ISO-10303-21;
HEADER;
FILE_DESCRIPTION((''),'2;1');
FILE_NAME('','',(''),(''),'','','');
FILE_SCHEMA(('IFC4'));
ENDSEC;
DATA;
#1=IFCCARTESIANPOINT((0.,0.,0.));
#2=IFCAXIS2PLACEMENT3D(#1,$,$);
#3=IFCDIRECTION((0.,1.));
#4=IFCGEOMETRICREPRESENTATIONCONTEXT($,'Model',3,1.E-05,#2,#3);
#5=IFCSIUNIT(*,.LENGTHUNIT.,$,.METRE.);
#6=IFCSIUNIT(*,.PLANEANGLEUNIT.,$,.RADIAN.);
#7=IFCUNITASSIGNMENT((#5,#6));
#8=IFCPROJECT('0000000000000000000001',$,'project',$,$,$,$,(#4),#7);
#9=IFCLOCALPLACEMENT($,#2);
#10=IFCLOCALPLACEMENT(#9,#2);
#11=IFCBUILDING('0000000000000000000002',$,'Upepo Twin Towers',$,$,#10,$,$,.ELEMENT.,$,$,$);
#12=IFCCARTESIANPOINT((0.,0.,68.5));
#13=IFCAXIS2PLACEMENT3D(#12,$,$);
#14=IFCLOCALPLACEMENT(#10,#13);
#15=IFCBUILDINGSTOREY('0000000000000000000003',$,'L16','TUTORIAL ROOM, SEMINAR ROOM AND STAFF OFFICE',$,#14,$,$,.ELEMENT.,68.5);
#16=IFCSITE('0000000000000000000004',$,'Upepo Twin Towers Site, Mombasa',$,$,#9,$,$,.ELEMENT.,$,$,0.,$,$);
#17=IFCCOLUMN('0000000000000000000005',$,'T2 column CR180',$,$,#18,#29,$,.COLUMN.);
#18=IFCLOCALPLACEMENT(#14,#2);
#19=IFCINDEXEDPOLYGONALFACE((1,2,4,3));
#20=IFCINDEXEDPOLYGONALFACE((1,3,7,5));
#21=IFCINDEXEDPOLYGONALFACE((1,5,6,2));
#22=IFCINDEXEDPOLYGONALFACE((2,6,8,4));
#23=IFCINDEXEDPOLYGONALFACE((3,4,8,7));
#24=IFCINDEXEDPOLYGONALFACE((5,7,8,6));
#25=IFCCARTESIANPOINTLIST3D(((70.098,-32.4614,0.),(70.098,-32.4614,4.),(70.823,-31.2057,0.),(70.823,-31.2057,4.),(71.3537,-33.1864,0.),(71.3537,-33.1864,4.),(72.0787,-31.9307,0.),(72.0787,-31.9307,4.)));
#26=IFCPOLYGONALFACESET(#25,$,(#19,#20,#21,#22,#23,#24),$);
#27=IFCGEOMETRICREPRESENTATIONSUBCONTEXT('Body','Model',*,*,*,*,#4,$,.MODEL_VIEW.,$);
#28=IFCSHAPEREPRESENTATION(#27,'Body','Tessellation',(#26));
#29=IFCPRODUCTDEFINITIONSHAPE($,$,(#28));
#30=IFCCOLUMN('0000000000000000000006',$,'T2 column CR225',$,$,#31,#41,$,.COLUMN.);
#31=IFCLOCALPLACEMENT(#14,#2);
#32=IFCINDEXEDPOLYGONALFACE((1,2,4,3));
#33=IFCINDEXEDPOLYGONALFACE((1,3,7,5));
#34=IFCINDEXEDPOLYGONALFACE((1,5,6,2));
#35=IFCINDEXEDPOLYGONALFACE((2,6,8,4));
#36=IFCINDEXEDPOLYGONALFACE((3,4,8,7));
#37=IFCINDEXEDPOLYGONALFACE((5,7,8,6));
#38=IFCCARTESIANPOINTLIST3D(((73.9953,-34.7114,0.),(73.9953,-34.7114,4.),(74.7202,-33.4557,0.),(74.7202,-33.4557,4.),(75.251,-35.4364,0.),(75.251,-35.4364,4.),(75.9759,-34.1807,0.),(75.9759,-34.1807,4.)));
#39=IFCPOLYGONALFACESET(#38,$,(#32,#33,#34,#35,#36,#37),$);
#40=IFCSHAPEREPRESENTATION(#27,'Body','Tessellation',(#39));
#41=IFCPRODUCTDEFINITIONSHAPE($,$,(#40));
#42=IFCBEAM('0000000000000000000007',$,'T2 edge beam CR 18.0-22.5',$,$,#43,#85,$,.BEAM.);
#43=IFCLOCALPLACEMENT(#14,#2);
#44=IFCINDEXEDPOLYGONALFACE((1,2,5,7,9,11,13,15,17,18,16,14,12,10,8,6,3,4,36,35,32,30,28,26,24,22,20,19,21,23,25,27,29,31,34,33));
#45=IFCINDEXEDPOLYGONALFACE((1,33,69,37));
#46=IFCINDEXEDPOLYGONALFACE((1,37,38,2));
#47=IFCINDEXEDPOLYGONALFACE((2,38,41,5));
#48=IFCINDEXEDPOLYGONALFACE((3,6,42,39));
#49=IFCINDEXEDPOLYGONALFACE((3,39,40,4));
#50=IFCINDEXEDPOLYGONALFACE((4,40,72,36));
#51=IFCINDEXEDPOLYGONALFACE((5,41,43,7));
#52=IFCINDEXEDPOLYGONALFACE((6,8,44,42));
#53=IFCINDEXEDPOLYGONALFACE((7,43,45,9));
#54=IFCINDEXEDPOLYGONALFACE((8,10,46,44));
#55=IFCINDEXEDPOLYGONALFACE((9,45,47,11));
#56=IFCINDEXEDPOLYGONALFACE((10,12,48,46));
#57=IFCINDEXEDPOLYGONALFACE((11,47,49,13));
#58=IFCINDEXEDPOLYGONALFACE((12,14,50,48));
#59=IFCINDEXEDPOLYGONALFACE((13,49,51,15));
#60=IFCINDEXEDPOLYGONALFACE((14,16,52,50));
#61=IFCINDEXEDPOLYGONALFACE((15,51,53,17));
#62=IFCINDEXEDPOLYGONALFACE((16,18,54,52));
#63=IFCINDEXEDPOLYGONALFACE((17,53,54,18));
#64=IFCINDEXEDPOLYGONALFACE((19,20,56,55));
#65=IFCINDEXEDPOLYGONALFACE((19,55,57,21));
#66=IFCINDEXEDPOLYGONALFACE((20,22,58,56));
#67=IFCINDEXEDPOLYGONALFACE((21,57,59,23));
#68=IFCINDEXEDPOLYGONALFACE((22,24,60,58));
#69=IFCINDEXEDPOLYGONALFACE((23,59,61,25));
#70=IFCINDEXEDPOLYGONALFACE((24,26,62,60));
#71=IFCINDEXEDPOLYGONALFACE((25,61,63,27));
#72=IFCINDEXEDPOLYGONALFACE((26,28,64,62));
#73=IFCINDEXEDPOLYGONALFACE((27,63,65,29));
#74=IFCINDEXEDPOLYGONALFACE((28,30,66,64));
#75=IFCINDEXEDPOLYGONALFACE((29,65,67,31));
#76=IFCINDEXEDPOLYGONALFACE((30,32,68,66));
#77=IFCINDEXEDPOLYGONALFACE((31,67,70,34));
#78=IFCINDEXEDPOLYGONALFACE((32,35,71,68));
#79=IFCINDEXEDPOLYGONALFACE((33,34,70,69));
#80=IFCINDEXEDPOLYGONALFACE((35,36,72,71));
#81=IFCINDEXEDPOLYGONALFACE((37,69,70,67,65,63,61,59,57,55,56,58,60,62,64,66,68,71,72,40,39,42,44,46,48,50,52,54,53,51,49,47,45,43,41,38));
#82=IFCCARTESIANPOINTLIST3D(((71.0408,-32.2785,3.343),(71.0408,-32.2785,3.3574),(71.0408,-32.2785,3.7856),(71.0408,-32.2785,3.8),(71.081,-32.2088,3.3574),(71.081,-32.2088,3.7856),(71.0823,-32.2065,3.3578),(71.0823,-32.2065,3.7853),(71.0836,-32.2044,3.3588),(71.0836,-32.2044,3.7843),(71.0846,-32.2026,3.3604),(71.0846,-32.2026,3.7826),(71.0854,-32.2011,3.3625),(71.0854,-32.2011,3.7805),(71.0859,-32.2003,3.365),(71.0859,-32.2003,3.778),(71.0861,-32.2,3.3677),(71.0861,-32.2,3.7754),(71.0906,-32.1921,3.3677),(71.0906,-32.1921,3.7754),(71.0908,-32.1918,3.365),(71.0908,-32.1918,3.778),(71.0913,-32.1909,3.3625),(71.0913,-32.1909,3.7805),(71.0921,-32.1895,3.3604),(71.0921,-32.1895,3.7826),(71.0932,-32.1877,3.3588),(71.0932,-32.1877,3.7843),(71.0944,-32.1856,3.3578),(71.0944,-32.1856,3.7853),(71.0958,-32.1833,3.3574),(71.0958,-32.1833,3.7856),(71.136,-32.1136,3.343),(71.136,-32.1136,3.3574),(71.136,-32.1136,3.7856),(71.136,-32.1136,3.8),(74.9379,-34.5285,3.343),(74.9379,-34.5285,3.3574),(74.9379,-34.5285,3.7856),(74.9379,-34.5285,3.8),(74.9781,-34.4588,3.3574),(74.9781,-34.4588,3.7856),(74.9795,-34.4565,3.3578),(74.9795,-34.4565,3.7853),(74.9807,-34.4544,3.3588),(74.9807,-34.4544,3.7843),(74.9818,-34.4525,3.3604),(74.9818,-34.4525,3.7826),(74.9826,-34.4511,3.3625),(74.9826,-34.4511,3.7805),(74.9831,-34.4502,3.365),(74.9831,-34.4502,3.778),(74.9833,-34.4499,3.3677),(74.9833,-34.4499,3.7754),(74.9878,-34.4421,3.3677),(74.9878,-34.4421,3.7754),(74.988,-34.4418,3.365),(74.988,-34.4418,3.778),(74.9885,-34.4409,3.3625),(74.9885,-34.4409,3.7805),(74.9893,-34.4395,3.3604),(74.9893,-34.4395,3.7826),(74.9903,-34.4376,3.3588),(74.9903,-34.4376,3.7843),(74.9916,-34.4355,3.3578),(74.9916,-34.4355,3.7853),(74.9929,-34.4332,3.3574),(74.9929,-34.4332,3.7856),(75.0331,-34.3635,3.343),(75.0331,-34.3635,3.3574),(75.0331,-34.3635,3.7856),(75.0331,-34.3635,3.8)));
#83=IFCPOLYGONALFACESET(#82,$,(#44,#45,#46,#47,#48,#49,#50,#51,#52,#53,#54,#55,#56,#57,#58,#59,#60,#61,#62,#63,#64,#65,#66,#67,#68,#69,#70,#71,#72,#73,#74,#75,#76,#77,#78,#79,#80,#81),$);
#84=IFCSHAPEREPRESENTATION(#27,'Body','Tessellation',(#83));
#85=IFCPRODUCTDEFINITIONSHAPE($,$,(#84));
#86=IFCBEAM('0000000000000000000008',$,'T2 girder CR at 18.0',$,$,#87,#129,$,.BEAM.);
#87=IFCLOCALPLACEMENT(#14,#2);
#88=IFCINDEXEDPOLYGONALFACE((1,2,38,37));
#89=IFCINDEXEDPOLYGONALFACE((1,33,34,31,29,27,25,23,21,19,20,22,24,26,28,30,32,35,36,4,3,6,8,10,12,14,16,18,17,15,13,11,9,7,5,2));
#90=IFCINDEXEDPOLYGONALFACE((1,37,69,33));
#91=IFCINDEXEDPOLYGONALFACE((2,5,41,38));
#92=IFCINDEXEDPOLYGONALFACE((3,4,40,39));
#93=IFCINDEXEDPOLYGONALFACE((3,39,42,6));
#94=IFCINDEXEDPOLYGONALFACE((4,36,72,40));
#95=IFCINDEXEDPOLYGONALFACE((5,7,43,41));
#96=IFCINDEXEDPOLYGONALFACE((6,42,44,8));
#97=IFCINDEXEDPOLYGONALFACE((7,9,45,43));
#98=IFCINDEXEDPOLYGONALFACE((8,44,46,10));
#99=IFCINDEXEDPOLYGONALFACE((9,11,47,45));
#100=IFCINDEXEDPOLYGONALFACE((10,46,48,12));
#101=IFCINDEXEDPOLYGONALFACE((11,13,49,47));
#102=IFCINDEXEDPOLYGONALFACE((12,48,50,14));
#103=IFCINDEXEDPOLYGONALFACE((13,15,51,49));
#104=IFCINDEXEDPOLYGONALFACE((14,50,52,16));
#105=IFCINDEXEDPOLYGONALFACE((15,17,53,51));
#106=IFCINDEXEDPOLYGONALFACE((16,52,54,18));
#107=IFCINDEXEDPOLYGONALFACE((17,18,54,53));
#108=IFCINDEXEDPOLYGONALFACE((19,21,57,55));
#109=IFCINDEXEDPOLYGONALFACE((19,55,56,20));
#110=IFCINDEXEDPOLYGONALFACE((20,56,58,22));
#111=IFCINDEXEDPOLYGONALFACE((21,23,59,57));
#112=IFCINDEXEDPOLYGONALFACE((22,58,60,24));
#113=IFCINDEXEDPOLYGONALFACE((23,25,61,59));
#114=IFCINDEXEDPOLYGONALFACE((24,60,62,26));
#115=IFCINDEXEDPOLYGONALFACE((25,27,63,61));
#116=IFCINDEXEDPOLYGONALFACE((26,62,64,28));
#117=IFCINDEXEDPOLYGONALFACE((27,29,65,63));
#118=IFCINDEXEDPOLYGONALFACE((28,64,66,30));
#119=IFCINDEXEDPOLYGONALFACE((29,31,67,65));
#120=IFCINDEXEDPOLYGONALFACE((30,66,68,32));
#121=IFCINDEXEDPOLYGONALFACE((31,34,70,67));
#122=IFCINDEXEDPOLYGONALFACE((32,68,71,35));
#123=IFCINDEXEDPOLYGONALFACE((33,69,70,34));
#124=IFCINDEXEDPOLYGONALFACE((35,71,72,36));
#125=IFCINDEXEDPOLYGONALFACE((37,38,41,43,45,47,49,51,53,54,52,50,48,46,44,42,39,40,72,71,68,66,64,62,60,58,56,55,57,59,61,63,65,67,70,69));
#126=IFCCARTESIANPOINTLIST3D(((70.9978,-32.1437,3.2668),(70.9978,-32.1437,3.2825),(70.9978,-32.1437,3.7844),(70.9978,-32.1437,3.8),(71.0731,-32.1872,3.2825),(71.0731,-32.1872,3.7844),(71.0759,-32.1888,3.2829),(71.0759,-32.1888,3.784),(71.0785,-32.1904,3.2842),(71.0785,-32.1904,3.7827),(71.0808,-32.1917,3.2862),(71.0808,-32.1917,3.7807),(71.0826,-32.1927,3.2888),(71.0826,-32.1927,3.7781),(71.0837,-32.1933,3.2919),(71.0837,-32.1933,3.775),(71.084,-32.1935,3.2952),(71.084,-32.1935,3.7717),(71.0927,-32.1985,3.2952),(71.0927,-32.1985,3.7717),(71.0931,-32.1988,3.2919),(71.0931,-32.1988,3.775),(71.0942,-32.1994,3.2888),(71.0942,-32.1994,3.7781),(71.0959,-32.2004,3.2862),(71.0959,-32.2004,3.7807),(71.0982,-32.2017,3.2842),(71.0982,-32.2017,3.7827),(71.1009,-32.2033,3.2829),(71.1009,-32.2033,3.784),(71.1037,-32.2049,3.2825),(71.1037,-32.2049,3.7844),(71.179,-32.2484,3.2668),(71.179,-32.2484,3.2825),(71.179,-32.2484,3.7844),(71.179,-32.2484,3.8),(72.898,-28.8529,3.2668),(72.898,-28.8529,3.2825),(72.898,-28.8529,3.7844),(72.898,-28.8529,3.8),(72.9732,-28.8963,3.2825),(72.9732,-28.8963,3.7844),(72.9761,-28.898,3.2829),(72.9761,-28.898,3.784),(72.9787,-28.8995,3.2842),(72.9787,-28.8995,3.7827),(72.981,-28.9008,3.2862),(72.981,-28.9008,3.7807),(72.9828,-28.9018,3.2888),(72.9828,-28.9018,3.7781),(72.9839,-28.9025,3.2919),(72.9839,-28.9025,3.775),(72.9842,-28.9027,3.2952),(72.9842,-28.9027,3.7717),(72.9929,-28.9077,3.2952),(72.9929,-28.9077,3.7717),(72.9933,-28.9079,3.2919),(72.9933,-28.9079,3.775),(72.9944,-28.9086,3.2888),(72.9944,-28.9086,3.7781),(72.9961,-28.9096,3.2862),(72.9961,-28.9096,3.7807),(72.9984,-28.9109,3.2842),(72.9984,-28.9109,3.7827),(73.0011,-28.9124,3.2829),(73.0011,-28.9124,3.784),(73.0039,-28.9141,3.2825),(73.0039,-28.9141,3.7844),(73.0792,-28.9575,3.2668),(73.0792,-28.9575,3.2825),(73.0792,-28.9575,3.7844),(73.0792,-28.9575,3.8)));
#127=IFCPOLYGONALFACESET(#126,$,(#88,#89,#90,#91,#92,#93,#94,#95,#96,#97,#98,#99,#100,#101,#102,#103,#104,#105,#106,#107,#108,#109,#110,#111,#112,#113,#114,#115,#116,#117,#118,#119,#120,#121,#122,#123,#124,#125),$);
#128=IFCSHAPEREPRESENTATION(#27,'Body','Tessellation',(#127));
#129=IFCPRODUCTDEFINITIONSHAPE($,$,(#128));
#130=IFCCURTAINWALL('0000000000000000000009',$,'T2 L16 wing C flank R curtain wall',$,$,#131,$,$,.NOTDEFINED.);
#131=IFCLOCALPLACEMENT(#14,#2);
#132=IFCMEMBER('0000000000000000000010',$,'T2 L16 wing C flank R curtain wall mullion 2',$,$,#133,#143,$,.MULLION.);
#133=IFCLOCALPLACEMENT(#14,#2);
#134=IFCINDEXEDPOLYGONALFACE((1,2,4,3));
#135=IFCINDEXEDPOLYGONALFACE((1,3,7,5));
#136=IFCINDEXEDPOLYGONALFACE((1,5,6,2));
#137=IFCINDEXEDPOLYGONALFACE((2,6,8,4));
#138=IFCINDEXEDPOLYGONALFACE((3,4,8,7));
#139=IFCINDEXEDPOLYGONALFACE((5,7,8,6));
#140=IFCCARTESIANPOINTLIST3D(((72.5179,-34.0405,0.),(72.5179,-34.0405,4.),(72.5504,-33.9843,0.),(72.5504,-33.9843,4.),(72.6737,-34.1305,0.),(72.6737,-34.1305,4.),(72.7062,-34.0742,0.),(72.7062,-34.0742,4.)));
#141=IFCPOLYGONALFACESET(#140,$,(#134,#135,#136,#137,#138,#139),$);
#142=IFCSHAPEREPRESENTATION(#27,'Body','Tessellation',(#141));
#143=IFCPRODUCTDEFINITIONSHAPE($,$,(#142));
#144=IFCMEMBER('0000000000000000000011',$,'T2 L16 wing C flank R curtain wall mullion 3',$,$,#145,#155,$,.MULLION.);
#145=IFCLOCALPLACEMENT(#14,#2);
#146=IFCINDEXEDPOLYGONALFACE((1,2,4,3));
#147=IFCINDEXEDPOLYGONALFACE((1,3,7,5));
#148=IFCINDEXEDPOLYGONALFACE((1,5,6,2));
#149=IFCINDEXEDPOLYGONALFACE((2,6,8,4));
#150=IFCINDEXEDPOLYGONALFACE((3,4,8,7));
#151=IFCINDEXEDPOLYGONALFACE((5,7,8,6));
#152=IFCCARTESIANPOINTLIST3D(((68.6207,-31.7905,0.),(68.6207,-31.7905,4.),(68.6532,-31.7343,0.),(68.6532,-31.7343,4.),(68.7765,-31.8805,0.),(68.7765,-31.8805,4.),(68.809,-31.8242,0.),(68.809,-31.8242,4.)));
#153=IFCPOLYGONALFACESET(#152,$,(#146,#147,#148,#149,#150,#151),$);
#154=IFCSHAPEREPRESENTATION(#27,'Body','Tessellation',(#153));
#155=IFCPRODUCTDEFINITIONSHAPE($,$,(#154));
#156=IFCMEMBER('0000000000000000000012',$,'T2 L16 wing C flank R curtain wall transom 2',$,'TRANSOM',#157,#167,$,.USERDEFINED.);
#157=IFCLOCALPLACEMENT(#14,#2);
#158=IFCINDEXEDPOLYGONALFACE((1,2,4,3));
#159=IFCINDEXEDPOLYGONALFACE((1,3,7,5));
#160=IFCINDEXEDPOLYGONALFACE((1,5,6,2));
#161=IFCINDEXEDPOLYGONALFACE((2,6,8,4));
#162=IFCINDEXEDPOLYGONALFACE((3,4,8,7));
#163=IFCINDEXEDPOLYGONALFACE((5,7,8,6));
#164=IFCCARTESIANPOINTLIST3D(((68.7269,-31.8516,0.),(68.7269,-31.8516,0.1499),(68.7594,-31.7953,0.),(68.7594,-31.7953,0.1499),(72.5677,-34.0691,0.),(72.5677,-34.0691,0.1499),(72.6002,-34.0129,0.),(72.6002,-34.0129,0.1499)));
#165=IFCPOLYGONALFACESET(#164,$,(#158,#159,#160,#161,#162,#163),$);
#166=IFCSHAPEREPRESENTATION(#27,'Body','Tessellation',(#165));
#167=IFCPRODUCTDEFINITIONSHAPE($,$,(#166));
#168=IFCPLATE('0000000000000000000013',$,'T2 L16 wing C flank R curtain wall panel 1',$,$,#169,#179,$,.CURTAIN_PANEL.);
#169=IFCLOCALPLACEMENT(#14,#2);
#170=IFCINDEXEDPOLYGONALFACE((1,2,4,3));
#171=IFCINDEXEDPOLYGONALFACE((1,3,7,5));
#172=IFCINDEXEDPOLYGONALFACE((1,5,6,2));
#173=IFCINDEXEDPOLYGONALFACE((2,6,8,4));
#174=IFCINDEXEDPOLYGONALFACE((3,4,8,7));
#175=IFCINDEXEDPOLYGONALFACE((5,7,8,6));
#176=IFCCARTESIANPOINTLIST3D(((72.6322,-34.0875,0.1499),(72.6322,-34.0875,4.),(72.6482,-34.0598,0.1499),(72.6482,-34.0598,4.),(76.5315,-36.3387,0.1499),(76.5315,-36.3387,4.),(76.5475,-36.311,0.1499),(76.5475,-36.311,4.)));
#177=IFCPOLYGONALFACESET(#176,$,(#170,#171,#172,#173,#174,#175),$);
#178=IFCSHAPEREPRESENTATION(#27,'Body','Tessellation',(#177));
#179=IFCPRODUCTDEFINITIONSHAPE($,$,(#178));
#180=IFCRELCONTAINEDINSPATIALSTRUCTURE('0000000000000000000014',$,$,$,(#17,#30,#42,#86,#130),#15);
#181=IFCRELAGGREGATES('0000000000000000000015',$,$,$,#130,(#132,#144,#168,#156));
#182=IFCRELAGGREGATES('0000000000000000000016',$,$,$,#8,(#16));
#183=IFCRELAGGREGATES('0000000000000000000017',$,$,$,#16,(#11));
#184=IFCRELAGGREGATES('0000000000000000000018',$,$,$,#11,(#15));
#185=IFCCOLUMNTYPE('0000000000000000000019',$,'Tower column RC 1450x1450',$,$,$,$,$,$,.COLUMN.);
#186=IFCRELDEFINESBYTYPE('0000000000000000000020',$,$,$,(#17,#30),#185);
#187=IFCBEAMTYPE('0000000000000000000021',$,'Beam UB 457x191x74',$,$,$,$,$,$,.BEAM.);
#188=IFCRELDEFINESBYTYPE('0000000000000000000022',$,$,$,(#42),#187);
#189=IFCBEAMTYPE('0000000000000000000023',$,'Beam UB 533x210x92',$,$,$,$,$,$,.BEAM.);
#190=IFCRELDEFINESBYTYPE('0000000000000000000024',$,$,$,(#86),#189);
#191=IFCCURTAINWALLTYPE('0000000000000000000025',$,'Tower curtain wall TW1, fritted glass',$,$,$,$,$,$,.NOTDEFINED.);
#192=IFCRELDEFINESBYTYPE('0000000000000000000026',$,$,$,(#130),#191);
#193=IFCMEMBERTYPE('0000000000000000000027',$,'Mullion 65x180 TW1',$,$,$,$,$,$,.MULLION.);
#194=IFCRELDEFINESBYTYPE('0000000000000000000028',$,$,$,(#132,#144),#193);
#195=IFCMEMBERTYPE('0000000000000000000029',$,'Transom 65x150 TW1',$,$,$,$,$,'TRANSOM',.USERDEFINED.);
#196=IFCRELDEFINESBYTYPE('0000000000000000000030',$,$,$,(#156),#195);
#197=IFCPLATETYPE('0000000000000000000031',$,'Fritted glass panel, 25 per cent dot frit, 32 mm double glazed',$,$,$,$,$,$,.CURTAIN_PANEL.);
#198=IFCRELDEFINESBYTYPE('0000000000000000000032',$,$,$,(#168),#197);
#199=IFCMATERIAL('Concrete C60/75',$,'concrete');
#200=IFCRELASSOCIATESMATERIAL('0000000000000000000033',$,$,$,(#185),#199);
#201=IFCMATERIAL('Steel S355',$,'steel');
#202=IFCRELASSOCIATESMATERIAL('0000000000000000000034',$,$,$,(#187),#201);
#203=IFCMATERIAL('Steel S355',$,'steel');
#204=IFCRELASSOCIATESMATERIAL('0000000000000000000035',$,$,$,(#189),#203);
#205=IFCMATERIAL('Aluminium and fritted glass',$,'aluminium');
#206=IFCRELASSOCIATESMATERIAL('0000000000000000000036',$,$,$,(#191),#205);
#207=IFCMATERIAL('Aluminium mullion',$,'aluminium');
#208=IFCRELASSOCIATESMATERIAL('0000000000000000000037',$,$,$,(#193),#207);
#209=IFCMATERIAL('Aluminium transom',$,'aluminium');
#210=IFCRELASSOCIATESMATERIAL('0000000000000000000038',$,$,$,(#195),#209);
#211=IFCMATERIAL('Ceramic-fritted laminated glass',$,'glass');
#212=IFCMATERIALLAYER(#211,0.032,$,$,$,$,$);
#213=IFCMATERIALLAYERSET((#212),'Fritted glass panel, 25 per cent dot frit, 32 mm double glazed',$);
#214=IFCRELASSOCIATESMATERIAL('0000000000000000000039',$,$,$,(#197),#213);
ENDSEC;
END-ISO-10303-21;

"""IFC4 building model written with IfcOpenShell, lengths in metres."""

from ifc_helpers import new_model, si_unit, direction, frame, origin, origin_2d, place, context, subcontext, project, spatial, rectangle, i_section, extrude, material, layer, layer_set, material_profile, profile_set, type_object, element, aggregate, save


model = new_model("IFC4")

# Units and contexts
model_context = context("Model", 3, precision=1e-05, world=origin(), true_north=direction((0.0, 1.0)))
body_context = subcontext(model_context, "Body", "Model", "MODEL_VIEW")
ifc_project = project(units=[si_unit("LENGTHUNIT", "METRE"), si_unit("PLANEANGLEUNIT", "RADIAN")], contexts=[model_context])

# Site, building, storey
site_placement = place(None, origin())
site = spatial("IfcSite", under=ifc_project, at=site_placement, Name="Upepo Twin Towers Site, Mombasa", CompositionType="ELEMENT", RefElevation=0.0)
building_placement = place(site_placement, origin())
building = spatial("IfcBuilding", under=site, at=building_placement, Name="Upepo Twin Towers", CompositionType="ELEMENT")
storey_placement = place(building_placement, frame((0.0, 0.0, 68.5)))
storey = spatial("IfcBuildingStorey", under=building, at=storey_placement, Name="L16", Description="TUTORIAL ROOM, SEMINAR ROOM AND STAFF OFFICE", CompositionType="ELEMENT", Elevation=68.5)

# Columns
ifc_material_1 = material(Name="Concrete C60/75", Category="concrete")
ifc_material_profile_1 = material_profile(ifc_material_1, rectangle(XDim=1.45, YDim=1.45, at=origin_2d()), Name="RC 1450x1450")
ifc_profile_set_1 = profile_set([ifc_material_profile_1], Name="Concrete C60/75")
column_type = type_object("IfcColumnType", Name="Tower column RC 1450x1450", PredefinedType="COLUMN", material=ifc_profile_set_1)
for number, where, z_axis, x_axis, name in (
    (1, (71.0884, -32.196, 0.0), (0.0, 0.0, 1.0), (0.5, 0.866025, 0.0), "T2 column CR180"),
    (2, (74.9856, -34.446, 0.0), (0.0, 0.0, 1.0), (0.5, 0.866025, 0.0), "T2 column CR225"),
):
    element("IfcColumn", number, at=place(storey_placement, frame(where, z_axis=z_axis, x_axis=x_axis)), inside=storey, type_object=column_type, Name=name, PredefinedType="COLUMN", context=body_context, shape_type="SweptSolid", body=[
        extrude(rectangle(XDim=1.45, YDim=1.45, at=origin_2d()), origin(), (0.0, 0.0, 1.0), 4.0),
    ])

# Beams
ifc_material_2 = material(Name="Steel S355", Category="steel")
ifc_material_profile_2 = material_profile(ifc_material_2, i_section(OverallWidth=0.1904, OverallDepth=0.457, WebThickness=0.009, FlangeThickness=0.0144, FilletRadius=0.0103, at=origin_2d()), Name="UB 457x191x74")
ifc_profile_set_2 = profile_set([ifc_material_profile_2], Name="Steel S355")
beam_type_1 = type_object("IfcBeamType", Name="Beam UB 457x191x74", PredefinedType="BEAM", material=ifc_profile_set_2)
beam_1_placement = place(storey_placement, frame((71.0884, -32.196, 3.5715), z_axis=(0.866031, -0.49999, 0.0), x_axis=(0.49999, 0.866031, 0.0)))
element("IfcBeam", 3, at=beam_1_placement, inside=storey, type_object=beam_type_1, Name="T2 edge beam CR 18.0-22.5", PredefinedType="BEAM", context=body_context, shape_type="SweptSolid", body=[
    extrude(i_section(OverallWidth=0.1904, OverallDepth=0.457, WebThickness=0.009, FlangeThickness=0.0144, FilletRadius=0.0103, at=origin_2d()), origin(), (0.0, 0.0, 1.0), 4.5),
])
ifc_material_3 = material(Name="Steel S355", Category="steel")
ifc_material_profile_3 = material_profile(ifc_material_3, i_section(OverallWidth=0.2092, OverallDepth=0.5332, WebThickness=0.01, FlangeThickness=0.0156, FilletRadius=0.0127, at=origin_2d()), Name="UB 533x210x92")
ifc_profile_set_3 = profile_set([ifc_material_profile_3], Name="Steel S355")
beam_type_2 = type_object("IfcBeamType", Name="Beam UB 533x210x92", PredefinedType="BEAM", material=ifc_profile_set_3)
beam_2_placement = place(storey_placement, frame((71.0884, -32.196, 3.5334), z_axis=(0.500043, 0.866, 0.0), x_axis=(-0.866, 0.500043, 0.0)))
element("IfcBeam", 4, at=beam_2_placement, inside=storey, type_object=beam_type_2, Name="T2 girder CR at 18.0", PredefinedType="BEAM", context=body_context, shape_type="SweptSolid", body=[
    extrude(i_section(OverallWidth=0.2092, OverallDepth=0.5332, WebThickness=0.01, FlangeThickness=0.0156, FilletRadius=0.0127, at=origin_2d()), origin(), (0.0, 0.0, 1.0), 3.8),
])

# Curtain wall, members, plate
ifc_material_4 = material(Name="Aluminium and fritted glass", Category="aluminium")
curtain_wall_type = type_object("IfcCurtainWallType", Name="Tower curtain wall TW1, fritted glass", PredefinedType="NOTDEFINED", material=ifc_material_4)
curtain_wall_placement = place(storey_placement, origin())
curtain_wall = element("IfcCurtainWall", 5, at=curtain_wall_placement, inside=storey, type_object=curtain_wall_type, Name="T2 L16 wing C flank R curtain wall", PredefinedType="NOTDEFINED")
ifc_material_5 = material(Name="Aluminium mullion", Category="aluminium")
ifc_material_profile_4 = material_profile(ifc_material_5, rectangle(XDim=0.0649, YDim=0.1799, at=origin_2d()), Name="MULLION 65x180")
ifc_profile_set_4 = profile_set([ifc_material_profile_4], Name="Aluminium mullion")
member_type_1 = type_object("IfcMemberType", Name="Mullion 65x180 TW1", PredefinedType="MULLION", material=ifc_profile_set_4)
member_1_placement = place(storey_placement, frame((72.6121, -34.0574, 0.0), z_axis=(0.0, 0.0, 1.0), x_axis=(-0.5, -0.866025, 0.0)))
member_1 = element("IfcMember", 6, at=member_1_placement, type_object=member_type_1, Name="T2 L16 wing C flank R curtain wall mullion 2", PredefinedType="MULLION", context=body_context, shape_type="SweptSolid", body=[
    extrude(rectangle(XDim=0.0649, YDim=0.1799, at=origin_2d()), origin(), (0.0, 0.0, 1.0), 4.0),
])
member_2_placement = place(storey_placement, frame((68.7148, -31.8074, 0.0), z_axis=(0.0, 0.0, 1.0), x_axis=(-0.5, -0.866025, 0.0)))
member_2 = element("IfcMember", 7, at=member_2_placement, type_object=member_type_1, Name="T2 L16 wing C flank R curtain wall mullion 3", PredefinedType="MULLION", context=body_context, shape_type="SweptSolid", body=[
    extrude(rectangle(XDim=0.0649, YDim=0.1799, at=origin_2d()), origin(), (0.0, 0.0, 1.0), 4.0),
])
ifc_material_6 = material(Name="Aluminium transom", Category="aluminium")
ifc_material_profile_5 = material_profile(ifc_material_6, rectangle(XDim=0.0649, YDim=0.1499, at=origin_2d()), Name="TRANSOM 65x150")
ifc_profile_set_5 = profile_set([ifc_material_profile_5], Name="Aluminium transom")
member_type_2 = type_object("IfcMemberType", Name="Transom 65x150 TW1", ElementType="TRANSOM", PredefinedType="USERDEFINED", material=ifc_profile_set_5)
member_3_placement = place(storey_placement, frame((72.584, -34.041, 0.075), z_axis=(-0.866022, 0.500005, 0.0), x_axis=(-0.500005, -0.866022, 0.0)))
member_3 = element("IfcMember", 8, at=member_3_placement, type_object=member_type_2, Name="T2 L16 wing C flank R curtain wall transom 2", ObjectType="TRANSOM", PredefinedType="USERDEFINED", context=body_context, shape_type="SweptSolid", body=[
    extrude(rectangle(XDim=0.0649, YDim=0.1499, at=origin_2d()), origin(), (0.0, 0.0, 1.0), 4.4351),
])
ifc_material_7 = material(Name="Ceramic-fritted laminated glass", Category="glass")
ifc_layer_1 = layer(ifc_material_7, 0.032)
ifc_layer_set_1 = layer_set([ifc_layer_1], Name="Fritted glass panel, 25 per cent dot frit, 32 mm double glazed")
plate_type = type_object("IfcPlateType", Name="Fritted glass panel, 25 per cent dot frit, 32 mm double glazed", PredefinedType="CURTAIN_PANEL", material=ifc_layer_set_1)
plate_1_placement = place(storey_placement, frame((74.5898, -35.1992, 0.1499), z_axis=(0.0, 0.0, 1.0), x_axis=(-0.866025, 0.5, 0.0)))
plate_1 = element("IfcPlate", 9, at=plate_1_placement, type_object=plate_type, Name="T2 L16 wing C flank R curtain wall panel 1", PredefinedType="CURTAIN_PANEL", context=body_context, shape_type="SweptSolid", body=[
    extrude(rectangle(XDim=4.5024, YDim=0.032, at=origin_2d()), origin(), (0.0, 0.0, 1.0), 3.8501),
])
aggregate(curtain_wall, [member_1, member_2, plate_1, member_3])

save(model, "model.ifc")
